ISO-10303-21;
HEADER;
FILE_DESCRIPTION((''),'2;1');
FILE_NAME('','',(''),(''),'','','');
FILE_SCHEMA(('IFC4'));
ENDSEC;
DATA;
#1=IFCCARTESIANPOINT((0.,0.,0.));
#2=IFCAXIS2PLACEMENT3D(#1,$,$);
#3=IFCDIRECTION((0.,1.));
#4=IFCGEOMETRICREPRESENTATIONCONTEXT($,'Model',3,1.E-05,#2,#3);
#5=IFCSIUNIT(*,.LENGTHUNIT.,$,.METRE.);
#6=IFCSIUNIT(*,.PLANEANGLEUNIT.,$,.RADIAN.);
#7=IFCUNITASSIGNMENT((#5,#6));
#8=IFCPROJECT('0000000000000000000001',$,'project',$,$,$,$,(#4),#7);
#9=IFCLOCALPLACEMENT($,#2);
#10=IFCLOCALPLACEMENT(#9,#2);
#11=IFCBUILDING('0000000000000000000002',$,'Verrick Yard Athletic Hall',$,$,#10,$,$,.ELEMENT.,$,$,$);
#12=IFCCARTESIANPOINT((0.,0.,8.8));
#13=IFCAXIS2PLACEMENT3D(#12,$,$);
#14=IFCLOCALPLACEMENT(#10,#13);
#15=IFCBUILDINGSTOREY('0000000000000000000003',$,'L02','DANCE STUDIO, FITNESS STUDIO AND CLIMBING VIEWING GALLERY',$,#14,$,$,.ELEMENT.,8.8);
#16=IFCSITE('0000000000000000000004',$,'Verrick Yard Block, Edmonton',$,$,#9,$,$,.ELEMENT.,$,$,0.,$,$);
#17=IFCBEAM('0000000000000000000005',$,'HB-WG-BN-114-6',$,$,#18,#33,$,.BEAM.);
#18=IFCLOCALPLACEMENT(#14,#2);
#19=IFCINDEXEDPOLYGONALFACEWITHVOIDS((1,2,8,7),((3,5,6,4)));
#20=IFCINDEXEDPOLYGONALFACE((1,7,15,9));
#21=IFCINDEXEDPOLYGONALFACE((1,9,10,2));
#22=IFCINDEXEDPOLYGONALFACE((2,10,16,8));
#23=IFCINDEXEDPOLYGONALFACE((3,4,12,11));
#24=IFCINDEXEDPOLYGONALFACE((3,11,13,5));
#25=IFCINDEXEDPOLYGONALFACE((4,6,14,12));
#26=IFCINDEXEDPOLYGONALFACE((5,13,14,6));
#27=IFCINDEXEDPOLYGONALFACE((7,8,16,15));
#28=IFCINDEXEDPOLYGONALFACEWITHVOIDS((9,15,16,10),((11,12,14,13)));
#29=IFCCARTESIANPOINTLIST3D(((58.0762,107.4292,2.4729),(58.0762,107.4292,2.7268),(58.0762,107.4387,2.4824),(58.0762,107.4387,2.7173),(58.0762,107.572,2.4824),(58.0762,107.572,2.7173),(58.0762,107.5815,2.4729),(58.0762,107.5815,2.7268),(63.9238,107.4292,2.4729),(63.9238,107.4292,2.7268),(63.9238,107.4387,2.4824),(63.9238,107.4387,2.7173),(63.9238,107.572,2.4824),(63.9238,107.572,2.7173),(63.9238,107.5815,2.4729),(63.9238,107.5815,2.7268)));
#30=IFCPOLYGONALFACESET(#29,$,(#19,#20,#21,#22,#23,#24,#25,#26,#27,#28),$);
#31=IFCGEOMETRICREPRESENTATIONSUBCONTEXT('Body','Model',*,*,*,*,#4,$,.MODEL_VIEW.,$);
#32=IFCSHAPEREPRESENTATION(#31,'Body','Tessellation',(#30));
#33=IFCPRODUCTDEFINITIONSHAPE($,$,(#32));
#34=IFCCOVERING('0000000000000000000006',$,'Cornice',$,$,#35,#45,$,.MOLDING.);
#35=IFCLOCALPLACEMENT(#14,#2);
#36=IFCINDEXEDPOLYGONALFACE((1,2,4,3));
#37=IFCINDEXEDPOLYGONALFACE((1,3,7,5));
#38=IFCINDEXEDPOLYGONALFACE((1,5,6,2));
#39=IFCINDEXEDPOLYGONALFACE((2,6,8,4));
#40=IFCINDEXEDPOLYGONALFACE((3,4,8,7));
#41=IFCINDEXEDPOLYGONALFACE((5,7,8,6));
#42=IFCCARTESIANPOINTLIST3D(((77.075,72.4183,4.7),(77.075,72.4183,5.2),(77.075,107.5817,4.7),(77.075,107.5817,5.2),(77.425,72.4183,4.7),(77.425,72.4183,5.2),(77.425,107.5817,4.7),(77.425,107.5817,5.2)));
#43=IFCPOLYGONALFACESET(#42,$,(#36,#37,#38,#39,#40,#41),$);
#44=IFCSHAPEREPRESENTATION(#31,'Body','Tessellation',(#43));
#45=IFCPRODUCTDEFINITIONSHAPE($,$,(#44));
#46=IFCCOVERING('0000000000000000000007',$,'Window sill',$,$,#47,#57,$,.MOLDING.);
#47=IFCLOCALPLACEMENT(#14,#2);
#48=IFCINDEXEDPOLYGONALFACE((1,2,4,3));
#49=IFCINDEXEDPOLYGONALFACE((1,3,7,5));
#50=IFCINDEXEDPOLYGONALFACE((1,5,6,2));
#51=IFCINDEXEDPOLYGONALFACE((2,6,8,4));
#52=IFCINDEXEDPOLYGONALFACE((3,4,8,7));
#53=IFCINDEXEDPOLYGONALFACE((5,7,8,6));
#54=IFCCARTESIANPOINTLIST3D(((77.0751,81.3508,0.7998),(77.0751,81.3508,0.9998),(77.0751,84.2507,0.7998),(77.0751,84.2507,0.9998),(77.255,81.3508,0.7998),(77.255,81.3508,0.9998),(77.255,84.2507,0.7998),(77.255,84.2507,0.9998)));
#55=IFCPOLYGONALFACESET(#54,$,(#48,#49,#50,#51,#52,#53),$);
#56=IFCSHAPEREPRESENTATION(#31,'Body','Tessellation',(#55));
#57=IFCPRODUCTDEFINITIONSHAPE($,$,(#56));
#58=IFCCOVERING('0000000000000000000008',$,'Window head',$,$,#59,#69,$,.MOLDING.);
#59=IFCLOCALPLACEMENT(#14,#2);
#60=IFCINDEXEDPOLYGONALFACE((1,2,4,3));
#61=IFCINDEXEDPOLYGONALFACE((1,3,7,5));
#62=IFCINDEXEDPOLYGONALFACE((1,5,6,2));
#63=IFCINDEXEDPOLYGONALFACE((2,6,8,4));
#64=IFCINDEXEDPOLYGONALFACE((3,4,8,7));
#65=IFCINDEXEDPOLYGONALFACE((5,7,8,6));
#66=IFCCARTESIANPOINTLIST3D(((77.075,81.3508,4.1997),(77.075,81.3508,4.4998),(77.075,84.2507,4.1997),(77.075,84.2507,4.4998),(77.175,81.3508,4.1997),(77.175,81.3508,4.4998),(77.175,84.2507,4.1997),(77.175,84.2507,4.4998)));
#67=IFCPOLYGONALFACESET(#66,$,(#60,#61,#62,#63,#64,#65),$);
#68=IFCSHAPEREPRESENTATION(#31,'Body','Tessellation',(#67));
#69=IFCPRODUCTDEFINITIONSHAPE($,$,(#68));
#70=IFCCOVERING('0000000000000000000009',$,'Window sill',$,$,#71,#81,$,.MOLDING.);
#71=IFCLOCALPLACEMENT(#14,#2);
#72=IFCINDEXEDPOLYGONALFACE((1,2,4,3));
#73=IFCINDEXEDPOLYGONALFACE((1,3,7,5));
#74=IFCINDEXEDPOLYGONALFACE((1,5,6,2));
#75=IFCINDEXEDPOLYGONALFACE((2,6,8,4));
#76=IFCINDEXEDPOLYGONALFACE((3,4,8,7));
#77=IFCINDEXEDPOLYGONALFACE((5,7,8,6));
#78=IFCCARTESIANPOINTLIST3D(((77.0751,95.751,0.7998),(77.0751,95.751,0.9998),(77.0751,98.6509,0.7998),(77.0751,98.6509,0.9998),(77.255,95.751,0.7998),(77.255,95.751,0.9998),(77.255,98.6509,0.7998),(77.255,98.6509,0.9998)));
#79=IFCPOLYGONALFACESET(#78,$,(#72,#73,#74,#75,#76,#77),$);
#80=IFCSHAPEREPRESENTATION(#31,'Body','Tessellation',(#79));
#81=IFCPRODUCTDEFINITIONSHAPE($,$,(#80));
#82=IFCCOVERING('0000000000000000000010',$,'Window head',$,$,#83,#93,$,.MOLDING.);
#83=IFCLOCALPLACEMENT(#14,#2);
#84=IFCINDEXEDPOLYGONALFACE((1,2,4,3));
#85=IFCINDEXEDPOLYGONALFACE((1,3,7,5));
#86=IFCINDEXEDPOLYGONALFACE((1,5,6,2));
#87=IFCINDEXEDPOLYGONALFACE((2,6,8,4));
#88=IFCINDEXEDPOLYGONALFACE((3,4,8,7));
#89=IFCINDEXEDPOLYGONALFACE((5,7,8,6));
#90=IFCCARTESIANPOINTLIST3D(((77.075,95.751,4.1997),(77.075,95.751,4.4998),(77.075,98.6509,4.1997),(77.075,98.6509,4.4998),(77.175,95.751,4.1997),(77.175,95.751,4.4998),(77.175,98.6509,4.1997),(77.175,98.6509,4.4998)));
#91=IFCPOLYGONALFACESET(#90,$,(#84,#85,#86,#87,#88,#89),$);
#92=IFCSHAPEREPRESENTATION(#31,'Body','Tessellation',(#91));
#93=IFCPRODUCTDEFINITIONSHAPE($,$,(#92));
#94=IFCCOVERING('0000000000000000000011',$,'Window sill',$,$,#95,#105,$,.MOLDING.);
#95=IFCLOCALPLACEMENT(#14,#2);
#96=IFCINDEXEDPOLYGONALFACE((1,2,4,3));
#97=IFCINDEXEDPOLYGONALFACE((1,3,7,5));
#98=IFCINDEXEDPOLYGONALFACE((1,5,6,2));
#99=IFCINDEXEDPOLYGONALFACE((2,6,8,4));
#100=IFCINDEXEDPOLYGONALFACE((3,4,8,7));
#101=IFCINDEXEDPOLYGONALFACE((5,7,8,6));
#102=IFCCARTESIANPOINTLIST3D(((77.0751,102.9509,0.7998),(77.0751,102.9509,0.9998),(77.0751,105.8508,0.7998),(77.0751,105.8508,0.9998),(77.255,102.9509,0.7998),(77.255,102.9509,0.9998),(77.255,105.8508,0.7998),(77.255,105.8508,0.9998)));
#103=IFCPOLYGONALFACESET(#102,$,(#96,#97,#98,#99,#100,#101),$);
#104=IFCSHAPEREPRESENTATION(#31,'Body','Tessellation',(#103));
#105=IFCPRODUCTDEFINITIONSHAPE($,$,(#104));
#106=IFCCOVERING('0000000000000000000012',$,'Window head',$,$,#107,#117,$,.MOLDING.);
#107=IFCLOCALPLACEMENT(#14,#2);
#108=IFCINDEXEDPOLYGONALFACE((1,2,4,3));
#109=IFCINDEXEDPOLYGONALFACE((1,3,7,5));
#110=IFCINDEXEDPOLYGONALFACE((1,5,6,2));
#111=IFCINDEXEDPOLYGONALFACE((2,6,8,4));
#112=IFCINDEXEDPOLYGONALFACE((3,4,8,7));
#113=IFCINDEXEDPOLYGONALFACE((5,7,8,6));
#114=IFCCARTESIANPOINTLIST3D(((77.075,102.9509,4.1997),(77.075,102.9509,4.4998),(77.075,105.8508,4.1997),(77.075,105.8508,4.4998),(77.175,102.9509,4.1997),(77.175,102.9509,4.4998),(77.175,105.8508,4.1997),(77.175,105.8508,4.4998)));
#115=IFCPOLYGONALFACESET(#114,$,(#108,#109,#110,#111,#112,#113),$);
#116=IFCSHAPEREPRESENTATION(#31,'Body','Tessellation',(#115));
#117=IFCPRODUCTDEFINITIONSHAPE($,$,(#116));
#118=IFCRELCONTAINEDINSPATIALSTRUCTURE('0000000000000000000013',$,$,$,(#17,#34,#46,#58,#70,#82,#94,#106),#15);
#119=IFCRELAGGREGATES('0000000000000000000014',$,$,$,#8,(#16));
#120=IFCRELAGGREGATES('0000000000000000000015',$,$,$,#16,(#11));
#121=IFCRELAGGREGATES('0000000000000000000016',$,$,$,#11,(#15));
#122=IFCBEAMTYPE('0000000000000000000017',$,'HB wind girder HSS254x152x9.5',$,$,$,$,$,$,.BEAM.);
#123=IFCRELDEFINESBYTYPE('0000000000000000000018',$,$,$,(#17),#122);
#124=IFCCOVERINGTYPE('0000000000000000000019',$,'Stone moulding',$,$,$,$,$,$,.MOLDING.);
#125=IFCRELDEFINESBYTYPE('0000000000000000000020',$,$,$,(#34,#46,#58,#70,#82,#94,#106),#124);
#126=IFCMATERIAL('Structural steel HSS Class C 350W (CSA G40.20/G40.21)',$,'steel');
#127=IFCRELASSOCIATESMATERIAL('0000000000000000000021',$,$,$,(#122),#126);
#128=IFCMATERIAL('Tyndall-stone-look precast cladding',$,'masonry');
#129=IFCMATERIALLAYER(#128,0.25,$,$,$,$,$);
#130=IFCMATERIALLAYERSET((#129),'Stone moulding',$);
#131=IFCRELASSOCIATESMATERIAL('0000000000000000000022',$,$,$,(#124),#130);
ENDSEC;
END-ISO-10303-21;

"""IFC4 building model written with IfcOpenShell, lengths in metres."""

from ifc_helpers import new_model, si_unit, direction, frame, origin, origin_2d, place, context, subcontext, project, spatial, rectangle, hollow_rectangle, extrude, material, layer, layer_set, material_profile, profile_set, type_object, element, save


model = new_model("IFC4")

# Units and contexts
model_context = context("Model", 3, precision=1e-05, world=origin(), true_north=direction((0.0, 1.0)))
body_context = subcontext(model_context, "Body", "Model", "MODEL_VIEW")
ifc_project = project(units=[si_unit("LENGTHUNIT", "METRE"), si_unit("PLANEANGLEUNIT", "RADIAN")], contexts=[model_context])

# Site, building, storey
site_placement = place(None, origin())
site = spatial("IfcSite", under=ifc_project, at=site_placement, Name="Verrick Yard Block, Edmonton", CompositionType="ELEMENT", RefElevation=0.0)
building_placement = place(site_placement, origin())
building = spatial("IfcBuilding", under=site, at=building_placement, Name="Verrick Yard Athletic Hall", CompositionType="ELEMENT")
storey_placement = place(building_placement, frame((0.0, 0.0, 8.8)))
storey = spatial("IfcBuildingStorey", under=building, at=storey_placement, Name="L02", Description="DANCE STUDIO, FITNESS STUDIO AND CLIMBING VIEWING GALLERY", CompositionType="ELEMENT", Elevation=8.8)

# Shared definitions
ifc_material_1 = material(Name="Structural steel HSS Class C 350W (CSA G40.20/G40.21)", Category="steel")

# Beam
ifc_material_profile_1 = material_profile(ifc_material_1, hollow_rectangle(XDim=0.1523, YDim=0.2539, WallThickness=0.0095, at=origin_2d()), Name="HSS254x152x9.5")
ifc_profile_set_1 = profile_set([ifc_material_profile_1], Name="Structural steel HSS Class C 350W (CSA G40.20/G40.21)")
beam_type_1 = type_object("IfcBeamType", Name="HB wind girder HSS254x152x9.5", PredefinedType="BEAM", material=ifc_profile_set_1)
for number, where, z_axis, x_axis, name in (
    (1, (58.0762, 107.5054, 2.5999), (1.0, 0.0, 0.0), (0.0, 1.0, 0.0), "HB-WG-BN-114-6"),
):
    element("IfcBeam", number, at=place(storey_placement, frame(where, z_axis=z_axis, x_axis=x_axis)), inside=storey, type_object=beam_type_1, Name=name, PredefinedType="BEAM", context=body_context, shape_type="SweptSolid", body=[
        extrude(hollow_rectangle(XDim=0.1523, YDim=0.2539, WallThickness=0.0095, at=origin_2d()), origin(), (0.0, 0.0, 1.0), 5.8477),
    ])

# Coverings
ifc_material_2 = material(Name="Tyndall-stone-look precast cladding", Category="masonry")
ifc_layer = layer(ifc_material_2, 0.25)
ifc_layer_set = layer_set([ifc_layer], Name="Stone moulding")
covering_type = type_object("IfcCoveringType", Name="Stone moulding", PredefinedType="MOLDING", material=ifc_layer_set)
covering_1_placement = place(storey_placement, frame((77.25, 90.0, 4.7), z_axis=(0.0, 0.0, 1.0), x_axis=(0.0, 1.0, 0.0)))
element("IfcCovering", 2, at=covering_1_placement, inside=storey, type_object=covering_type, Name="Cornice", PredefinedType="MOLDING", context=body_context, shape_type="SweptSolid", body=[
    extrude(rectangle(XDim=35.1633, YDim=0.3501, at=origin_2d()), origin(), (0.0, 0.0, 1.0), 0.5),
])
covering_2_placement = place(storey_placement, frame((77.165, 82.8008, 0.7998), z_axis=(0.0, 0.0, 1.0), x_axis=(0.0, 1.0, 0.0)))
element("IfcCovering", 3, at=covering_2_placement, inside=storey, type_object=covering_type, Name="Window sill", PredefinedType="MOLDING", context=body_context, shape_type="SweptSolid", body=[
    extrude(rectangle(XDim=2.8999, YDim=0.1799, at=origin_2d()), origin(), (0.0, 0.0, 1.0), 0.2),
])
covering_3_placement = place(storey_placement, frame((77.125, 82.8008, 4.1997), z_axis=(0.0, 0.0, 1.0), x_axis=(0.0, 1.0, 0.0)))
element("IfcCovering", 4, at=covering_3_placement, inside=storey, type_object=covering_type, Name="Window head", PredefinedType="MOLDING", context=body_context, shape_type="SweptSolid", body=[
    extrude(rectangle(XDim=2.8999, YDim=0.1001, at=origin_2d()), origin(), (0.0, 0.0, 1.0), 0.3),
])
covering_4_placement = place(storey_placement, frame((77.165, 97.2009, 0.7998), z_axis=(0.0, 0.0, 1.0), x_axis=(0.0, 1.0, 0.0)))
element("IfcCovering", 5, at=covering_4_placement, inside=storey, type_object=covering_type, Name="Window sill", PredefinedType="MOLDING", context=body_context, shape_type="SweptSolid", body=[
    extrude(rectangle(XDim=2.8999, YDim=0.1799, at=origin_2d()), origin(), (0.0, 0.0, 1.0), 0.2),
])
covering_5_placement = place(storey_placement, frame((77.125, 97.2009, 4.1997), z_axis=(0.0, 0.0, 1.0), x_axis=(0.0, 1.0, 0.0)))
element("IfcCovering", 6, at=covering_5_placement, inside=storey, type_object=covering_type, Name="Window head", PredefinedType="MOLDING", context=body_context, shape_type="SweptSolid", body=[
    extrude(rectangle(XDim=2.8999, YDim=0.1001, at=origin_2d()), origin(), (0.0, 0.0, 1.0), 0.3),
])
covering_6_placement = place(storey_placement, frame((77.165, 104.4009, 0.7998), z_axis=(0.0, 0.0, 1.0), x_axis=(0.0, 1.0, 0.0)))
element("IfcCovering", 7, at=covering_6_placement, inside=storey, type_object=covering_type, Name="Window sill", PredefinedType="MOLDING", context=body_context, shape_type="SweptSolid", body=[
    extrude(rectangle(XDim=2.8999, YDim=0.1799, at=origin_2d()), origin(), (0.0, 0.0, 1.0), 0.2),
])
covering_7_placement = place(storey_placement, frame((77.125, 104.4009, 4.1997), z_axis=(0.0, 0.0, 1.0), x_axis=(0.0, 1.0, 0.0)))
element("IfcCovering", 8, at=covering_7_placement, inside=storey, type_object=covering_type, Name="Window head", PredefinedType="MOLDING", context=body_context, shape_type="SweptSolid", body=[
    extrude(rectangle(XDim=2.8999, YDim=0.1001, at=origin_2d()), origin(), (0.0, 0.0, 1.0), 0.3),
])

save(model, "model.ifc")
